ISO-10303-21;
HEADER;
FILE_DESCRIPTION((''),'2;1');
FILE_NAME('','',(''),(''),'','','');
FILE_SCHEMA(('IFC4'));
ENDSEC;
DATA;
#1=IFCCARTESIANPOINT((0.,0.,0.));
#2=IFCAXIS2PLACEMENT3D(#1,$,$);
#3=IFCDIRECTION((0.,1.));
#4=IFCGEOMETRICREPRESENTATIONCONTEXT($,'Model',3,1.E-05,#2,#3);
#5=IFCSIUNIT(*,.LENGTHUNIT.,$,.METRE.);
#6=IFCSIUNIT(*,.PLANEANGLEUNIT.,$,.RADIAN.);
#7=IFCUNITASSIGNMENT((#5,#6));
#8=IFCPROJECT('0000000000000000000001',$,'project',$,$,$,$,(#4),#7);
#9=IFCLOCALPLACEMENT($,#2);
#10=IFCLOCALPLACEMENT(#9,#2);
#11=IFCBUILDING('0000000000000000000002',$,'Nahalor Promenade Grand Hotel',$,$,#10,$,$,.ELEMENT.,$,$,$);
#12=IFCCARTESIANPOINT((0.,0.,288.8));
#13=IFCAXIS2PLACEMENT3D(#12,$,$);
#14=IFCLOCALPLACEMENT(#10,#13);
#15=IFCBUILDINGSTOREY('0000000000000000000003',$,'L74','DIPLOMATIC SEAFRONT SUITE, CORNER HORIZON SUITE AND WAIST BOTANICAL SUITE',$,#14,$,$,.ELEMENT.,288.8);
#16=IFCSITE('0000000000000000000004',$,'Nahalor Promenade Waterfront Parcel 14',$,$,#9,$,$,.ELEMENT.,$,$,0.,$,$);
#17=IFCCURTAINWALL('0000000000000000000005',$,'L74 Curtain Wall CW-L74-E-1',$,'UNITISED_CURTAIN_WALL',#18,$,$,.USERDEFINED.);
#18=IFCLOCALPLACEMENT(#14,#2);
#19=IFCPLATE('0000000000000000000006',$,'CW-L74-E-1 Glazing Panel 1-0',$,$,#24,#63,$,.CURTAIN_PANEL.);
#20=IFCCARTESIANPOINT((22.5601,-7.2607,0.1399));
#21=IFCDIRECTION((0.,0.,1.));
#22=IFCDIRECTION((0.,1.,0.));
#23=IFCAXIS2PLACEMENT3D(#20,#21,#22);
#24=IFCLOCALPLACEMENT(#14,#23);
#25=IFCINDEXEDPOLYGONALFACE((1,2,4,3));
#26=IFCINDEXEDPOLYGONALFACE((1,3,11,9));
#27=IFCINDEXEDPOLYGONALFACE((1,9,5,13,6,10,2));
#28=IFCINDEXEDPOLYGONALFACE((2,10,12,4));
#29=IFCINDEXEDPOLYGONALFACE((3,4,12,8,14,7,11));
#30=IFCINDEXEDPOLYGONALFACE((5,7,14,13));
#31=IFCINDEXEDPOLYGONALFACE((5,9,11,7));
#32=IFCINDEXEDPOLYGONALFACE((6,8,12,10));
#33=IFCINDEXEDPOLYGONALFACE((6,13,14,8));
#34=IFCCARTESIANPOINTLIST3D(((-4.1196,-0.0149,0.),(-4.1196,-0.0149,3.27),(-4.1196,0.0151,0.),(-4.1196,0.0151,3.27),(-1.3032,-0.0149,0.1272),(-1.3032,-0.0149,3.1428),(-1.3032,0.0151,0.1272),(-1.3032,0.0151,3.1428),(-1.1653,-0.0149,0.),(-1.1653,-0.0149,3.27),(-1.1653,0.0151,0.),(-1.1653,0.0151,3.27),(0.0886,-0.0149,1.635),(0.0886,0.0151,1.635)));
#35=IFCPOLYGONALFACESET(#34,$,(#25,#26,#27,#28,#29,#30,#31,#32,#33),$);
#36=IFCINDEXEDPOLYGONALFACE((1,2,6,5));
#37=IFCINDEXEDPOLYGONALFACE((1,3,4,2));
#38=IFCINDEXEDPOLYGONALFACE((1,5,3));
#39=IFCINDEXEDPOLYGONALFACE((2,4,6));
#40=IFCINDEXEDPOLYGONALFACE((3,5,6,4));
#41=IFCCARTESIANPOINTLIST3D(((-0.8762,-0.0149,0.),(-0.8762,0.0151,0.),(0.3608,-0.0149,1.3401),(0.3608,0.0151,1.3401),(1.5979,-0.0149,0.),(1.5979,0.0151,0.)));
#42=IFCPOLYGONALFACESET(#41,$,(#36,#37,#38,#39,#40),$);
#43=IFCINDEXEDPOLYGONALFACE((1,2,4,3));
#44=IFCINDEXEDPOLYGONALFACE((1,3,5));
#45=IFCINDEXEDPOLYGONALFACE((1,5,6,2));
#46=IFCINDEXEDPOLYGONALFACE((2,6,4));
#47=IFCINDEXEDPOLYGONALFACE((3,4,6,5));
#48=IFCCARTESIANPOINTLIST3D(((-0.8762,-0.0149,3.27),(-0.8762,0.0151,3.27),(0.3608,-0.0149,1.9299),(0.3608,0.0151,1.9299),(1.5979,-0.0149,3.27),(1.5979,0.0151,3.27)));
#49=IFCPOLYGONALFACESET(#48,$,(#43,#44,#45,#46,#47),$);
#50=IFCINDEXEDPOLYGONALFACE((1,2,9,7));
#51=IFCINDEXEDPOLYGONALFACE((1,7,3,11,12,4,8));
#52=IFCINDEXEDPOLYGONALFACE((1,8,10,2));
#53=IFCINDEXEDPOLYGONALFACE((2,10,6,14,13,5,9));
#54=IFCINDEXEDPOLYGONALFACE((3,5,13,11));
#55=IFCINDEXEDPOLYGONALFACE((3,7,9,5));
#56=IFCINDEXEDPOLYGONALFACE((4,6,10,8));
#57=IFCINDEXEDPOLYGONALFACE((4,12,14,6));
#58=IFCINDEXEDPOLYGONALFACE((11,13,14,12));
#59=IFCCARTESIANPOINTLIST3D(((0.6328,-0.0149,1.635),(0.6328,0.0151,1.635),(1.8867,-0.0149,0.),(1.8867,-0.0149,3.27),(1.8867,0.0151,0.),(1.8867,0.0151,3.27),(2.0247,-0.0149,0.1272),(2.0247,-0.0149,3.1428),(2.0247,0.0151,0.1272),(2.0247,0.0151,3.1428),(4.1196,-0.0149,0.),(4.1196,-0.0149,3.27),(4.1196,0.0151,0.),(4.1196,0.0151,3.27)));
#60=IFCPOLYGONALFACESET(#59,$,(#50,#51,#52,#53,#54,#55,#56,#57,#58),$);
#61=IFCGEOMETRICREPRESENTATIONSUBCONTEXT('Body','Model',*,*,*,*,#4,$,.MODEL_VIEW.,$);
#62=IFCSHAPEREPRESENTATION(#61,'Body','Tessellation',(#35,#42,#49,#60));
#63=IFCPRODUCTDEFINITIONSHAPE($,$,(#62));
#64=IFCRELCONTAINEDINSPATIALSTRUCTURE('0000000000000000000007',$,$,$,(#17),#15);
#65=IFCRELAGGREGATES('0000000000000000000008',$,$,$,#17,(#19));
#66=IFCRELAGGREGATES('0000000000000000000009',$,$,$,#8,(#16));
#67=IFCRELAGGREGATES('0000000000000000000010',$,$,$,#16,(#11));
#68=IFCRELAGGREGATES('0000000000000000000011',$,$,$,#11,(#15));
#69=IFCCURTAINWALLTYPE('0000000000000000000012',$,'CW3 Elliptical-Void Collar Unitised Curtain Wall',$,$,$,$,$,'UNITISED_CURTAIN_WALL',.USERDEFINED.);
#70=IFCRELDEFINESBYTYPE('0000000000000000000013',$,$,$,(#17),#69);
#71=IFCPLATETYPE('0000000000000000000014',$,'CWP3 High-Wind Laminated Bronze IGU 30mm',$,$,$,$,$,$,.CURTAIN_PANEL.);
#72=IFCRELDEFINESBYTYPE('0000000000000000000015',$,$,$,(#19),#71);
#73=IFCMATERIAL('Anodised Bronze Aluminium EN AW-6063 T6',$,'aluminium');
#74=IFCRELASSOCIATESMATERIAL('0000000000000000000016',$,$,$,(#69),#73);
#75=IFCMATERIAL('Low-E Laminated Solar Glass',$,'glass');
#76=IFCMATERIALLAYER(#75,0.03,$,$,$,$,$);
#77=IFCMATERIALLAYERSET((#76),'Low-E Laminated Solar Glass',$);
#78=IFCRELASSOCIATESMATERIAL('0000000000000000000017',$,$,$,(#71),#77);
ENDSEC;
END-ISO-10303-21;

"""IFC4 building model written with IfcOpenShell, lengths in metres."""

from ifc_helpers import new_model, si_unit, direction, frame, origin, place, context, subcontext, project, spatial, polyline, outline, extrude, material, layer, layer_set, type_object, element, aggregate, save


model = new_model("IFC4")

# Units and contexts
model_context = context("Model", 3, precision=1e-05, world=origin(), true_north=direction((0.0, 1.0)))
body_context = subcontext(model_context, "Body", "Model", "MODEL_VIEW")
ifc_project = project(units=[si_unit("LENGTHUNIT", "METRE"), si_unit("PLANEANGLEUNIT", "RADIAN")], contexts=[model_context])

# Site, building, storey
site_placement = place(None, origin())
site = spatial("IfcSite", under=ifc_project, at=site_placement, Name="Nahalor Promenade Waterfront Parcel 14", CompositionType="ELEMENT", RefElevation=0.0)
building_placement = place(site_placement, origin())
building = spatial("IfcBuilding", under=site, at=building_placement, Name="Nahalor Promenade Grand Hotel", CompositionType="ELEMENT")
storey_placement = place(building_placement, frame((0.0, 0.0, 288.8)))
storey = spatial("IfcBuildingStorey", under=building, at=storey_placement, Name="L74", Description="DIPLOMATIC SEAFRONT SUITE, CORNER HORIZON SUITE AND WAIST BOTANICAL SUITE", CompositionType="ELEMENT", Elevation=288.8)

# Curtain wall
ifc_material_1 = material(Name="Anodised Bronze Aluminium EN AW-6063 T6", Category="aluminium")
curtain_wall_type_1 = type_object("IfcCurtainWallType", Name="CW3 Elliptical-Void Collar Unitised Curtain Wall", ElementType="UNITISED_CURTAIN_WALL", PredefinedType="USERDEFINED", material=ifc_material_1)
curtain_wall_1_placement = place(storey_placement, origin())
curtain_wall_1 = element("IfcCurtainWall", 1, at=curtain_wall_1_placement, inside=storey, type_object=curtain_wall_type_1, Name="L74 Curtain Wall CW-L74-E-1", ObjectType="UNITISED_CURTAIN_WALL", PredefinedType="USERDEFINED")

# Plate
ifc_material_2 = material(Name="Low-E Laminated Solar Glass", Category="glass")
ifc_layer_1 = layer(ifc_material_2, 0.03)
ifc_layer_set_1 = layer_set([ifc_layer_1], Name="Low-E Laminated Solar Glass")
plate_type_1 = type_object("IfcPlateType", Name="CWP3 High-Wind Laminated Bronze IGU 30mm", PredefinedType="CURTAIN_PANEL", material=ifc_layer_set_1)
plate_1_placement = place(storey_placement, frame((22.5601, -7.2607, 0.1399), z_axis=(0.0, 0.0, 1.0), x_axis=(0.0, 1.0, 0.0)))
plate_1 = element("IfcPlate", 2, at=plate_1_placement, type_object=plate_type_1, Name="CW-L74-E-1 Glazing Panel 1-0", PredefinedType="CURTAIN_PANEL", context=body_context, shape_type="SweptSolid", body=[
    extrude(outline(polyline([(-4.1196, 3.27), (-4.1196, 0.0), (-1.1653, 0.0), (-1.3032, 0.1272), (0.0886, 1.635), (-1.3032, 3.1428), (-1.1653, 3.27), (-4.1196, 3.27)])), frame((0.0, 0.0151, 0.0), z_axis=(0.0, -1.0, 0.0), x_axis=(1.0, 0.0, 0.0)), (0.0, 0.0, 1.0), 0.03),
    extrude(outline(polyline([(0.3608, 1.3401), (-0.8762, 0.0), (1.5979, 0.0), (0.3608, 1.3401)])), frame((0.0, 0.0151, 0.0), z_axis=(0.0, -1.0, 0.0), x_axis=(1.0, 0.0, 0.0)), (0.0, 0.0, 1.0), 0.03),
    extrude(outline(polyline([(0.3608, 1.9299), (1.5979, 3.27), (-0.8762, 3.27), (0.3608, 1.9299)])), frame((0.0, 0.0151, 0.0), z_axis=(0.0, -1.0, 0.0), x_axis=(1.0, 0.0, 0.0)), (0.0, 0.0, 1.0), 0.03),
    extrude(outline(polyline([(4.1196, 0.0), (4.1196, 3.27), (1.8867, 3.27), (2.0247, 3.1428), (0.6328, 1.635), (2.0247, 0.1272), (1.8867, 0.0), (4.1196, 0.0)])), frame((0.0, 0.0151, 0.0), z_axis=(0.0, -1.0, 0.0), x_axis=(1.0, 0.0, 0.0)), (0.0, 0.0, 1.0), 0.03),
])
aggregate(curtain_wall_1, [plate_1])

save(model, "model.ifc")
